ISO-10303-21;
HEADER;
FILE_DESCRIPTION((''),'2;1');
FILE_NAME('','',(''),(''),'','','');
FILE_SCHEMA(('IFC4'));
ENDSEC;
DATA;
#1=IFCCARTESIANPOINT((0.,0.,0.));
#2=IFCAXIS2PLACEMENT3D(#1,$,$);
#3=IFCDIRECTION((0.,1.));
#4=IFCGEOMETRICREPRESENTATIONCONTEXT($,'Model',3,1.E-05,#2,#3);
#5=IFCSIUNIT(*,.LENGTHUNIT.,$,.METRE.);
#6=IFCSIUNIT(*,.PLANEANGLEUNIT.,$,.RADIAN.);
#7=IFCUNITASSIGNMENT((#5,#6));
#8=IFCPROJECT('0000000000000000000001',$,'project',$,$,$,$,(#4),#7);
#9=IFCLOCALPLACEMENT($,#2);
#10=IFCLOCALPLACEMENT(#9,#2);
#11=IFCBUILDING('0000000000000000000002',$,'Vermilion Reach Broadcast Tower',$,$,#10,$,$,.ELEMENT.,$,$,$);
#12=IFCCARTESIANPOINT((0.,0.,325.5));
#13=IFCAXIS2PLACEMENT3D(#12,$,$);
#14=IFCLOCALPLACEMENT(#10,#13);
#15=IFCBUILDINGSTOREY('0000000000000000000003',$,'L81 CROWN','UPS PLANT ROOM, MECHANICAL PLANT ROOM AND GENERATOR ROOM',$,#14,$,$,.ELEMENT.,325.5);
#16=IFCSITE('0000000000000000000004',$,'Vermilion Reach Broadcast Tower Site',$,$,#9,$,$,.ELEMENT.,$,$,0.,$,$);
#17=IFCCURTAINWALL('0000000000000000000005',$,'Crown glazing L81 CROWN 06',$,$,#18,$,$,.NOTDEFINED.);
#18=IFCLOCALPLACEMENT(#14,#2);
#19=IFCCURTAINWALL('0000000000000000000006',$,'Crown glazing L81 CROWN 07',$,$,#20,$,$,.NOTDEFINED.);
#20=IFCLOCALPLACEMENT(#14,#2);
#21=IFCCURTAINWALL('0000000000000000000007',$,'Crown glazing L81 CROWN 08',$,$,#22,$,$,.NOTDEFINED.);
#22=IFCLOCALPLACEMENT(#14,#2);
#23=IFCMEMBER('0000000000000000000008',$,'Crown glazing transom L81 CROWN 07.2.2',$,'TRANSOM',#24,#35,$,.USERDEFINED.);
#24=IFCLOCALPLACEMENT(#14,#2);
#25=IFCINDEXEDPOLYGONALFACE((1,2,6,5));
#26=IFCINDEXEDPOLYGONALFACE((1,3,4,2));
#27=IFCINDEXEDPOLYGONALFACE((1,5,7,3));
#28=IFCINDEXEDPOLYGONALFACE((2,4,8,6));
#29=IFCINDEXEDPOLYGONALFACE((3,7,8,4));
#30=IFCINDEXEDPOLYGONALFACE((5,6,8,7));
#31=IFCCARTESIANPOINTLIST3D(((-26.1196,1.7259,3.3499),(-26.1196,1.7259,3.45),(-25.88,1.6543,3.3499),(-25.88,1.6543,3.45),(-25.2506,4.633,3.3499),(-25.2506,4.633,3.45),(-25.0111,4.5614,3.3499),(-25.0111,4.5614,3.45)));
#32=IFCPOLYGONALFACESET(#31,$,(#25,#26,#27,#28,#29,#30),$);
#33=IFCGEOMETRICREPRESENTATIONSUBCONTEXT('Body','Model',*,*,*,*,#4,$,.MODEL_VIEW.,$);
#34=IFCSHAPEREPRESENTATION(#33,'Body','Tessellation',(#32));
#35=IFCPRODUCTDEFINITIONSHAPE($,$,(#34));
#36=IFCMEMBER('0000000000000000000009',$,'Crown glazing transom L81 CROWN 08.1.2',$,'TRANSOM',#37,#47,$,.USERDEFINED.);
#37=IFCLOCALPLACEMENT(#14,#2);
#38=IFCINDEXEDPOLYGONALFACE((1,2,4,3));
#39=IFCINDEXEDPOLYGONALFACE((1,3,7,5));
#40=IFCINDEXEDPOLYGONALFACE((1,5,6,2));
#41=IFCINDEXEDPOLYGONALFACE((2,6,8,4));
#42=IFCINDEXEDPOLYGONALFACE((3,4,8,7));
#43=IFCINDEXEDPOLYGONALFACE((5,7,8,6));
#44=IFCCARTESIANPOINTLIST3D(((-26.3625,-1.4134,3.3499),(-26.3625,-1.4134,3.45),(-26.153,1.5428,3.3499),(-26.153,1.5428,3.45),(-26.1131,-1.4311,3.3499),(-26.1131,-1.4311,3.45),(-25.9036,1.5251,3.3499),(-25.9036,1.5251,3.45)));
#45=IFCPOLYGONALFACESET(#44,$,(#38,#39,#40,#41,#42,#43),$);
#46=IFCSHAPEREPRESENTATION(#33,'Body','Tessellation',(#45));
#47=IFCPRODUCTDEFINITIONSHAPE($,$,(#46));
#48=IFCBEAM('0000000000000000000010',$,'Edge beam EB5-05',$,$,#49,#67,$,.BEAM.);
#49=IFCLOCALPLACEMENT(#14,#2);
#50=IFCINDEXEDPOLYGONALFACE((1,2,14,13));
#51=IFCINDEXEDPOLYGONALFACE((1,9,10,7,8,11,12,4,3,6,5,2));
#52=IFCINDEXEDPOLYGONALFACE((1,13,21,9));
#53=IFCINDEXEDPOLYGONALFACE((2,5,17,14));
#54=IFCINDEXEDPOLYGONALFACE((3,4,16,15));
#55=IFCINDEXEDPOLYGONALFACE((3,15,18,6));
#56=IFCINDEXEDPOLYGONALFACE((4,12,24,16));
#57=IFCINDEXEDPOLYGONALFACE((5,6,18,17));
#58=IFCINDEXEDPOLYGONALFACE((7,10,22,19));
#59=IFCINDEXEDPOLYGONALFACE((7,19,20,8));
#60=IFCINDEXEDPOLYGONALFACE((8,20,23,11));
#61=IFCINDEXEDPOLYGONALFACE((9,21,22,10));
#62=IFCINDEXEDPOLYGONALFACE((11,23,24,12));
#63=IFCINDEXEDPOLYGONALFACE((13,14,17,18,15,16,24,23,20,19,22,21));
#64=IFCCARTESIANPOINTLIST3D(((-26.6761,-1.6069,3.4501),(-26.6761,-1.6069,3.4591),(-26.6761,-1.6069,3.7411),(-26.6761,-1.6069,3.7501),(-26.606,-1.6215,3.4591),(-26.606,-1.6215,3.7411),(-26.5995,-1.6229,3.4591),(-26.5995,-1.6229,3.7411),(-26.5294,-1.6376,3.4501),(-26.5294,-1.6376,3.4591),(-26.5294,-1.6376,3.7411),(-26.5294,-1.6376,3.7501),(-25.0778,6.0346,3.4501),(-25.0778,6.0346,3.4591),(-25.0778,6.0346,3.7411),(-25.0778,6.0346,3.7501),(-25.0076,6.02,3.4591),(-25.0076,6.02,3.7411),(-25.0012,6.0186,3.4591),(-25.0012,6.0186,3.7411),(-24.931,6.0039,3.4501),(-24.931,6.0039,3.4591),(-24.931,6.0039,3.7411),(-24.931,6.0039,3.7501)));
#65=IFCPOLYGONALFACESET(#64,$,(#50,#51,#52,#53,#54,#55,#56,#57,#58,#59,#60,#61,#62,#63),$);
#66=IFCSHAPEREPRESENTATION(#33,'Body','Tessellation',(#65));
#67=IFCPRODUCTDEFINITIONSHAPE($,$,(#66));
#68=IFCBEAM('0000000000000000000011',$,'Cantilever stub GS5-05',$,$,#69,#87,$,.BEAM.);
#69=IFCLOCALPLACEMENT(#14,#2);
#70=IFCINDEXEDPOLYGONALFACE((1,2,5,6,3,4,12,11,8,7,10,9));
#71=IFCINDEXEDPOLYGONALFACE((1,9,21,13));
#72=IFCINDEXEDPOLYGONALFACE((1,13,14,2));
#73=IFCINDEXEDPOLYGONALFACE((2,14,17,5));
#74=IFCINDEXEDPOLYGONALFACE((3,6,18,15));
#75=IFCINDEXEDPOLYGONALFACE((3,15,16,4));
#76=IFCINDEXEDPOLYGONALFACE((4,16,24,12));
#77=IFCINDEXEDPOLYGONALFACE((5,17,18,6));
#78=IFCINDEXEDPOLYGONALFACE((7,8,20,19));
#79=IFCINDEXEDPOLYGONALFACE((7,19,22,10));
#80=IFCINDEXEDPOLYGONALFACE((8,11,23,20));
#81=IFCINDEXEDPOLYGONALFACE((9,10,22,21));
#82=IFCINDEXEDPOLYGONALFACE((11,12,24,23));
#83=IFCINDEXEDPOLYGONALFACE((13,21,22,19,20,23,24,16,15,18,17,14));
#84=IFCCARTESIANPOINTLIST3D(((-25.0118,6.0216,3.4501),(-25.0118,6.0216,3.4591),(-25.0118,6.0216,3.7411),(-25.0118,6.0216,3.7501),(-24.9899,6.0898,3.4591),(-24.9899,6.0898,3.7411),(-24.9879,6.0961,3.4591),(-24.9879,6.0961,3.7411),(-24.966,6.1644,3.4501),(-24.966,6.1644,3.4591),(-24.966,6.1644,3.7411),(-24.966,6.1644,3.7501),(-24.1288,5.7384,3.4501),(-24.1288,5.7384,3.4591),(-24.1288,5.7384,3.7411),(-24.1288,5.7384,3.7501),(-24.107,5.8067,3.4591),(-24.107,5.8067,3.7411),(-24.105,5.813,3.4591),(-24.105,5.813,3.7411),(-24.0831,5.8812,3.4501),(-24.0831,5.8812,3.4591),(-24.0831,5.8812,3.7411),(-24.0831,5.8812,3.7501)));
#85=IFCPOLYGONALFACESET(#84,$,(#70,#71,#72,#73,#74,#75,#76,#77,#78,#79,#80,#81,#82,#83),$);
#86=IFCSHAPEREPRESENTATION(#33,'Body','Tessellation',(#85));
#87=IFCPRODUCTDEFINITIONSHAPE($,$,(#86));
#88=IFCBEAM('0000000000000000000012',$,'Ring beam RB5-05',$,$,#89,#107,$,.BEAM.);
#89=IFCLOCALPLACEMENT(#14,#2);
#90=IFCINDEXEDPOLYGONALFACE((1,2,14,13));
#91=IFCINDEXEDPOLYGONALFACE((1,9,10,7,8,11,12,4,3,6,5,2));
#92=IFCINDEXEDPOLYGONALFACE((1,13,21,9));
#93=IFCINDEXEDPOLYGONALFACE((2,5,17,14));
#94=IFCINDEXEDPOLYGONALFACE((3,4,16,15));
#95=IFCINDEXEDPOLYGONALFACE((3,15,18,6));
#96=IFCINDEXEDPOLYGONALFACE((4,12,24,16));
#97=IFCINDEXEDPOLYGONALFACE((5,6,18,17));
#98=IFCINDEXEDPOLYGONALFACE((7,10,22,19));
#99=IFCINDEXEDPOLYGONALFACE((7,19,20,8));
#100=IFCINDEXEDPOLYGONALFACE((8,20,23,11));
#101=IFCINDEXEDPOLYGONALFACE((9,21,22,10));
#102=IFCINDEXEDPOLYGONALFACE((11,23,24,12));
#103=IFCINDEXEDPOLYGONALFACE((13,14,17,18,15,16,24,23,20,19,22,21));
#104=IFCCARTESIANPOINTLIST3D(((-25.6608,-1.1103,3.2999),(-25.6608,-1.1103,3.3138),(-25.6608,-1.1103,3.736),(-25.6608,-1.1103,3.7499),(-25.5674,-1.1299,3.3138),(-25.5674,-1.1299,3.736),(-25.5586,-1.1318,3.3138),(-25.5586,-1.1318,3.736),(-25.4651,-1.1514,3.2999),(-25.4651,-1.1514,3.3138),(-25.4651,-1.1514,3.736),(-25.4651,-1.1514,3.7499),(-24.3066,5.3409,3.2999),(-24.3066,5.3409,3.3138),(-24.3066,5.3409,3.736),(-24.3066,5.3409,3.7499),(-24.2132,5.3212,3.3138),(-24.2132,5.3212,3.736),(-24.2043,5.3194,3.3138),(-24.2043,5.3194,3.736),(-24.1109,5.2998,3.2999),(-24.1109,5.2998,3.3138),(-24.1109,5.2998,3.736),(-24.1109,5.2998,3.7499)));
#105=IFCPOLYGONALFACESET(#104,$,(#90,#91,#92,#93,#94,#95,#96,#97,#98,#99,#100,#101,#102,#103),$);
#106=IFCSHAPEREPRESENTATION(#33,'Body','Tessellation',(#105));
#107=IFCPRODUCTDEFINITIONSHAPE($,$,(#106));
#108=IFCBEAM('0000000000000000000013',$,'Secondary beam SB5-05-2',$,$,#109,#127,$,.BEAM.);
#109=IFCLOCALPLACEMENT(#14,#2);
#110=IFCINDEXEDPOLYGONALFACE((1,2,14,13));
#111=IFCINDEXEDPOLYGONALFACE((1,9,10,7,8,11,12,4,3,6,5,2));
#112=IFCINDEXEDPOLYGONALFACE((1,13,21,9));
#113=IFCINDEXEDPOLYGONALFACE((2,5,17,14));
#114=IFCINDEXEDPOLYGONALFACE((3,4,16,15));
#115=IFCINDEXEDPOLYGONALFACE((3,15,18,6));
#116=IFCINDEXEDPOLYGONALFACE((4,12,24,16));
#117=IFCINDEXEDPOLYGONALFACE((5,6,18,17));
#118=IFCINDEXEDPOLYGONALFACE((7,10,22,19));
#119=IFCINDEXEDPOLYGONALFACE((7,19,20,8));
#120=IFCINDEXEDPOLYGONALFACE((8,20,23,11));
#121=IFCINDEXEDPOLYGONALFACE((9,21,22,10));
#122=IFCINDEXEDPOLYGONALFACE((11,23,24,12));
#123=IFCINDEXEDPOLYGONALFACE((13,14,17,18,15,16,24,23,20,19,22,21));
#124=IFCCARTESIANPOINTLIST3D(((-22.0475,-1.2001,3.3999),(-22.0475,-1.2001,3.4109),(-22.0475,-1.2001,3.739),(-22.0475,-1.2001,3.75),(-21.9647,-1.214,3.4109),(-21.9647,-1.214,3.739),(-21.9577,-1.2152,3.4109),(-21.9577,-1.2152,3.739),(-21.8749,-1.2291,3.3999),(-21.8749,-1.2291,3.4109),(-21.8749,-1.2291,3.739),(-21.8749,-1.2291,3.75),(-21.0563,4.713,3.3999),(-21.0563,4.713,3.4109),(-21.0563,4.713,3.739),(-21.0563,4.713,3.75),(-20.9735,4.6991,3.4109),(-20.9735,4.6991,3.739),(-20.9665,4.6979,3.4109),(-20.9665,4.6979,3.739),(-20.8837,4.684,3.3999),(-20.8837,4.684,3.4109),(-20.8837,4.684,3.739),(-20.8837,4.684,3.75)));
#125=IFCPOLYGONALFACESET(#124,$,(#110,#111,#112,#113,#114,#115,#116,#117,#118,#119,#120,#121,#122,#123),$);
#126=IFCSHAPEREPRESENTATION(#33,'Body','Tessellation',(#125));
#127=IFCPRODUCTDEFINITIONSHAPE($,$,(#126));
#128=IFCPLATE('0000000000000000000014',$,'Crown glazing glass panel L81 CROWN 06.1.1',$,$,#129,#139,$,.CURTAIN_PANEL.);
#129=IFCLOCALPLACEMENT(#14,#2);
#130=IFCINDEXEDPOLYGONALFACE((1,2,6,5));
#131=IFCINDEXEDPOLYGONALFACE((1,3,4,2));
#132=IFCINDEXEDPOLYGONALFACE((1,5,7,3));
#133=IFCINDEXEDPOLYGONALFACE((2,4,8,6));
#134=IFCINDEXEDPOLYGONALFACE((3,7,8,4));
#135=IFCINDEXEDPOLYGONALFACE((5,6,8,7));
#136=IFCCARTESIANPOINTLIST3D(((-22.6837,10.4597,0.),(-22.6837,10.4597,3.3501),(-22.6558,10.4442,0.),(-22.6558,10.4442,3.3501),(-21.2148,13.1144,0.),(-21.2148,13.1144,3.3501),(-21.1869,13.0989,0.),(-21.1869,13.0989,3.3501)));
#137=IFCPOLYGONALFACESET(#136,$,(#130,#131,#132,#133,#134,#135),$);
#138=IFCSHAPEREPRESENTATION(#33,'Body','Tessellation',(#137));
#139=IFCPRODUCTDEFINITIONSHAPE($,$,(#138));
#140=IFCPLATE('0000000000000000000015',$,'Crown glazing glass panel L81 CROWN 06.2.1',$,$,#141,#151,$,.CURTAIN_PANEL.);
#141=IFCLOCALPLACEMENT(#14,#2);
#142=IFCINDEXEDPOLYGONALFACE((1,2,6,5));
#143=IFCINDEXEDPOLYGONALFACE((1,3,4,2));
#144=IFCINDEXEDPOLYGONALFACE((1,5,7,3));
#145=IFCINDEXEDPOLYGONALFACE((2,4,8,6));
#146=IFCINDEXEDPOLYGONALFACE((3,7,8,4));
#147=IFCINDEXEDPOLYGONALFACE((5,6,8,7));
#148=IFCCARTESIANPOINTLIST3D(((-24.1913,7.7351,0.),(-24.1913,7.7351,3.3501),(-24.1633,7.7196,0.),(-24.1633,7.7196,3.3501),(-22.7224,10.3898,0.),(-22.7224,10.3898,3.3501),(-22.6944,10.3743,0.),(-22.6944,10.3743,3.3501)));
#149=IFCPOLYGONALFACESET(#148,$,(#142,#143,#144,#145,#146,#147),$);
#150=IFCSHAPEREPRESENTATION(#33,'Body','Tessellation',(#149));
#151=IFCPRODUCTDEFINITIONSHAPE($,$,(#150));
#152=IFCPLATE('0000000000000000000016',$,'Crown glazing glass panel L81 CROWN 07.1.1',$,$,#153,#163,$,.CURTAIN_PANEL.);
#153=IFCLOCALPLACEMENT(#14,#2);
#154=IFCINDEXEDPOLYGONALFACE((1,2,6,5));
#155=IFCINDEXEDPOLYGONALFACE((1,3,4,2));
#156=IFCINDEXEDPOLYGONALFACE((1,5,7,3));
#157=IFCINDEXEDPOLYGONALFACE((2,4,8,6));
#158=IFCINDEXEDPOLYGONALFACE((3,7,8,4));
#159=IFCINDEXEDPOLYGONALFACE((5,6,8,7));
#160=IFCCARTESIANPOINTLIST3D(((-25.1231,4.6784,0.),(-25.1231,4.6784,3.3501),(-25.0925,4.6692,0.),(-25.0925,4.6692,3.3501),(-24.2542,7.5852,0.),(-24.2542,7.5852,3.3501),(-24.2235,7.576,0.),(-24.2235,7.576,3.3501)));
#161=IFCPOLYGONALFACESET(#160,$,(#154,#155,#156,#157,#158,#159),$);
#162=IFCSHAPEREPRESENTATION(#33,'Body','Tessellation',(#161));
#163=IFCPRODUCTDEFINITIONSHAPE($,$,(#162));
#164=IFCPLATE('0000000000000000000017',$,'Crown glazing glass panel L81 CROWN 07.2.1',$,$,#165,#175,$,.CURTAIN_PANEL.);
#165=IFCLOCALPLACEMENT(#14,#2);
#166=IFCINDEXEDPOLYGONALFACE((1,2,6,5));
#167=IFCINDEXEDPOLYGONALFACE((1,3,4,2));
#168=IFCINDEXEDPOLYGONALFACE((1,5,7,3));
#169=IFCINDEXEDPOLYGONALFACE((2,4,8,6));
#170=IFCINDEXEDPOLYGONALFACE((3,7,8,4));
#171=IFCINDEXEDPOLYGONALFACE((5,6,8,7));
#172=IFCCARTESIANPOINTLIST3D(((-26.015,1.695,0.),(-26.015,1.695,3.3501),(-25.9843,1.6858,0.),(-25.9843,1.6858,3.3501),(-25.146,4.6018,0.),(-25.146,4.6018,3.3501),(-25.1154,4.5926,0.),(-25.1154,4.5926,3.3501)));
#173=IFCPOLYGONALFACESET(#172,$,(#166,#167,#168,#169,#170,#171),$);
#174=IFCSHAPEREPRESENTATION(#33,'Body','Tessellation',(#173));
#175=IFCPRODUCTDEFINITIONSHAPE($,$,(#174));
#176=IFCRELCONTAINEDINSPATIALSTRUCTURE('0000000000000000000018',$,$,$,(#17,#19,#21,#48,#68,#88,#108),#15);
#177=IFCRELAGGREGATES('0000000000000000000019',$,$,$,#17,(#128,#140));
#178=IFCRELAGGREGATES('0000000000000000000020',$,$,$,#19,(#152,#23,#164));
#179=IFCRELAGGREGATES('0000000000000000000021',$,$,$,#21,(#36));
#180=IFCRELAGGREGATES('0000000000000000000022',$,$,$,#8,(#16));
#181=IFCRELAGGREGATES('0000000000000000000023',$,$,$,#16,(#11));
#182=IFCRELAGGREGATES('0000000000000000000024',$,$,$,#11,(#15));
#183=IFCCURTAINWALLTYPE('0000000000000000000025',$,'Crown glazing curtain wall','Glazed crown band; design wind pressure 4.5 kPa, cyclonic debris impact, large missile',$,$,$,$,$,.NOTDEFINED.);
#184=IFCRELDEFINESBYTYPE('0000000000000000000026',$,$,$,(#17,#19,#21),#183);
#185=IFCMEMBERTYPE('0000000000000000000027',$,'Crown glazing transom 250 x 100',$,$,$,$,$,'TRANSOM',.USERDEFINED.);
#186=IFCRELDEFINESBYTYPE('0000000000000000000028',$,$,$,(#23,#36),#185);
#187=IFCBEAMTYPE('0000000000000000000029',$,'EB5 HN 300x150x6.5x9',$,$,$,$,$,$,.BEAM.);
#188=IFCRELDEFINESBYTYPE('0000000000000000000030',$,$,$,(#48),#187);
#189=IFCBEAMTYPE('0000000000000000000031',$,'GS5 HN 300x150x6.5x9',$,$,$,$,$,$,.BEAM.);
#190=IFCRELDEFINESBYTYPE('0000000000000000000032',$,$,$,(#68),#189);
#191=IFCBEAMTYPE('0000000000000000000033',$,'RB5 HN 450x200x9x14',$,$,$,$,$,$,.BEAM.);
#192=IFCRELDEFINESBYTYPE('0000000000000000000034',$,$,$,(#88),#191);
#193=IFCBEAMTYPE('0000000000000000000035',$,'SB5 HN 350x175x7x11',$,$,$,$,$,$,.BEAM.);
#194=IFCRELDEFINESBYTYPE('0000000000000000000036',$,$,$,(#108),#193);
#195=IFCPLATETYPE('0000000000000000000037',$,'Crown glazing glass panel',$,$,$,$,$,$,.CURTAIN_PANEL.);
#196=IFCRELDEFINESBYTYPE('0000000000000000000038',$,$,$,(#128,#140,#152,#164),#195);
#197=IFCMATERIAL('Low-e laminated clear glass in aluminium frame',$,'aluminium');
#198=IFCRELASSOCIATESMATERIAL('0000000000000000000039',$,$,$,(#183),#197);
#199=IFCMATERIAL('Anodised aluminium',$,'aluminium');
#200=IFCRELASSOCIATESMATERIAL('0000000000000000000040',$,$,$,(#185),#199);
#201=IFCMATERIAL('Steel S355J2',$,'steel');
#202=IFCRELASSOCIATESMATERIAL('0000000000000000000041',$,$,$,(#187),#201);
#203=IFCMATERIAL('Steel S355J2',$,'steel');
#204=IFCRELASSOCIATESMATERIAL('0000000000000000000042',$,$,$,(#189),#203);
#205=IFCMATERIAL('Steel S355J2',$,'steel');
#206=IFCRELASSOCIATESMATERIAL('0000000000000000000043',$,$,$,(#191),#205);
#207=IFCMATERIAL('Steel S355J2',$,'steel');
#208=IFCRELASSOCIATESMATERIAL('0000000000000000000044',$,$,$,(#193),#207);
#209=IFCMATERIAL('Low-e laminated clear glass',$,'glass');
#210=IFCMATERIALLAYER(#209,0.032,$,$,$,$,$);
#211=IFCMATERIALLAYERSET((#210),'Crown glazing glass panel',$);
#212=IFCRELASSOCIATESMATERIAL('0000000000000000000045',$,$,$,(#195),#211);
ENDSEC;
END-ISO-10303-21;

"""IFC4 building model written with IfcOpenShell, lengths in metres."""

from ifc_helpers import new_model, si_unit, direction, frame, origin, origin_2d, place, context, subcontext, project, spatial, rectangle, i_section, extrude, material, layer, layer_set, material_profile, profile_set, type_object, element, aggregate, save


model = new_model("IFC4")

# Units and contexts
model_context = context("Model", 3, precision=1e-05, world=origin(), true_north=direction((0.0, 1.0)))
body_context = subcontext(model_context, "Body", "Model", "MODEL_VIEW")
ifc_project = project(units=[si_unit("LENGTHUNIT", "METRE"), si_unit("PLANEANGLEUNIT", "RADIAN")], contexts=[model_context])

# Site, building, storey
site_placement = place(None, origin())
site = spatial("IfcSite", under=ifc_project, at=site_placement, Name="Vermilion Reach Broadcast Tower Site", CompositionType="ELEMENT", RefElevation=0.0)
building_placement = place(site_placement, origin())
building = spatial("IfcBuilding", under=site, at=building_placement, Name="Vermilion Reach Broadcast Tower", CompositionType="ELEMENT")
storey_placement = place(building_placement, frame((0.0, 0.0, 325.5)))
storey = spatial("IfcBuildingStorey", under=building, at=storey_placement, Name="L81 CROWN", Description="UPS PLANT ROOM, MECHANICAL PLANT ROOM AND GENERATOR ROOM", CompositionType="ELEMENT", Elevation=325.5)

# Curtain walls
ifc_material_1 = material(Name="Low-e laminated clear glass in aluminium frame", Category="aluminium")
curtain_wall_type = type_object("IfcCurtainWallType", Name="Crown glazing curtain wall", Description="Glazed crown band; design wind pressure 4.5 kPa, cyclonic debris impact, large missile", PredefinedType="NOTDEFINED", material=ifc_material_1)
placement = place(storey_placement, origin())
curtain_wall_1 = element("IfcCurtainWall", 1, at=placement, inside=storey, type_object=curtain_wall_type, Name="Crown glazing L81 CROWN 06", PredefinedType="NOTDEFINED")
curtain_wall_2 = element("IfcCurtainWall", 2, at=placement, inside=storey, type_object=curtain_wall_type, Name="Crown glazing L81 CROWN 07", PredefinedType="NOTDEFINED")

# Curtain wall
curtain_wall_3 = element("IfcCurtainWall", 3, at=placement, inside=storey, type_object=curtain_wall_type, Name="Crown glazing L81 CROWN 08", PredefinedType="NOTDEFINED")

# Members
ifc_material_2 = material(Name="Anodised aluminium", Category="aluminium")
ifc_material_profile_1 = material_profile(ifc_material_2, rectangle(XDim=0.25, YDim=0.1001, at=origin_2d()), Name="Crown glazing transom 250 x 100")
ifc_profile_set_1 = profile_set([ifc_material_profile_1], Name="Anodised aluminium")
member_type_1 = type_object("IfcMemberType", Name="Crown glazing transom 250 x 100", ElementType="TRANSOM", PredefinedType="USERDEFINED", material=ifc_profile_set_1)
member_1_placement = place(storey_placement, frame((-25.1309, 4.5972, 3.3999), z_axis=(-0.286381, -0.958116, 0.0), x_axis=(0.958116, -0.286381, 0.0)))
member_1 = element("IfcMember", 4, at=member_1_placement, type_object=member_type_1, Name="Crown glazing transom L81 CROWN 07.2.2", ObjectType="TRANSOM", PredefinedType="USERDEFINED", context=body_context, shape_type="SweptSolid", body=[
    extrude(rectangle(XDim=0.25, YDim=0.1001, at=origin_2d()), origin(), (0.0, 0.0, 1.0), 3.0342),
])
member_2_placement = place(storey_placement, frame((-26.0283, 1.5339, 3.3999), z_axis=(-0.070679, -0.997499, 0.0), x_axis=(0.997499, -0.070679, 0.0)))
member_2 = element("IfcMember", 5, at=member_2_placement, type_object=member_type_1, Name="Crown glazing transom L81 CROWN 08.1.2", ObjectType="TRANSOM", PredefinedType="USERDEFINED", context=body_context, shape_type="SweptSolid", body=[
    extrude(rectangle(XDim=0.25, YDim=0.1001, at=origin_2d()), origin(), (0.0, 0.0, 1.0), 2.9636),
])

# Beams
ifc_material_3 = material(Name="Steel S355J2", Category="steel")
ifc_material_profile_2 = material_profile(ifc_material_3, i_section(OverallWidth=0.1499, OverallDepth=0.3, WebThickness=0.0066, FlangeThickness=0.009, at=origin_2d()), Name="S355J2 HN 300x150x6.5x9")
ifc_profile_set_2 = profile_set([ifc_material_profile_2], Name="Steel S355J2")
beam_type_1 = type_object("IfcBeamType", Name="EB5 HN 300x150x6.5x9", PredefinedType="BEAM", material=ifc_profile_set_2)
beam_1_placement = place(storey_placement, frame((-25.0044, 6.0193, 3.6001), z_axis=(-0.204738, -0.978817, 0.0), x_axis=(0.978817, -0.204738, 0.0)))
element("IfcBeam", 6, at=beam_1_placement, inside=storey, type_object=beam_type_1, Name="Edge beam EB5-05", PredefinedType="BEAM", context=body_context, shape_type="SweptSolid", body=[
    extrude(i_section(OverallWidth=0.1499, OverallDepth=0.3, WebThickness=0.0066, FlangeThickness=0.009, at=origin_2d()), origin(), (0.0, 0.0, 1.0), 7.8069),
])
ifc_material_4 = material(Name="Steel S355J2", Category="steel")
ifc_material_profile_3 = material_profile(ifc_material_4, i_section(OverallWidth=0.1499, OverallDepth=0.3, WebThickness=0.0066, FlangeThickness=0.009, at=origin_2d()), Name="S355J2 HN 300x150x6.5x9")
ifc_profile_set_3 = profile_set([ifc_material_profile_3], Name="Steel S355J2")
beam_type_2 = type_object("IfcBeamType", Name="GS5 HN 300x150x6.5x9", PredefinedType="BEAM", material=ifc_profile_set_3)
beam_2_placement = place(storey_placement, frame((-24.106, 5.8098, 3.6001), z_axis=(-0.952228, 0.305387, 0.0), x_axis=(-0.305387, -0.952228, 0.0)))
element("IfcBeam", 7, at=beam_2_placement, inside=storey, type_object=beam_type_2, Name="Cantilever stub GS5-05", PredefinedType="BEAM", context=body_context, shape_type="SweptSolid", body=[
    extrude(i_section(OverallWidth=0.1499, OverallDepth=0.3, WebThickness=0.0066, FlangeThickness=0.009, at=origin_2d()), origin(), (0.0, 0.0, 1.0), 0.9272),
])
ifc_material_5 = material(Name="Steel S355J2", Category="steel")
ifc_material_profile_4 = material_profile(ifc_material_5, i_section(OverallWidth=0.2, OverallDepth=0.45, WebThickness=0.009, FlangeThickness=0.0139, at=origin_2d()), Name="S355J2 HN 450x200x9x14")
ifc_profile_set_4 = profile_set([ifc_material_profile_4], Name="Steel S355J2")
beam_type_3 = type_object("IfcBeamType", Name="RB5 HN 450x200x9x14", PredefinedType="BEAM", material=ifc_profile_set_4)
beam_3_placement = place(storey_placement, frame((-24.2087, 5.3203, 3.5249), z_axis=(-0.205445, -0.978669, 0.0), x_axis=(0.978669, -0.205445, 0.0)))
element("IfcBeam", 8, at=beam_3_placement, inside=storey, type_object=beam_type_3, Name="Ring beam RB5-05", PredefinedType="BEAM", context=body_context, shape_type="SweptSolid", body=[
    extrude(i_section(OverallWidth=0.2, OverallDepth=0.45, WebThickness=0.009, FlangeThickness=0.0139, at=origin_2d()), origin(), (0.0, 0.0, 1.0), 6.5918),
])
ifc_material_6 = material(Name="Steel S355J2", Category="steel")
ifc_material_profile_5 = material_profile(ifc_material_6, i_section(OverallWidth=0.175, OverallDepth=0.3501, WebThickness=0.0071, FlangeThickness=0.011, at=origin_2d()), Name="S355J2 HN 350x175x7x11")
ifc_profile_set_5 = profile_set([ifc_material_profile_5], Name="Steel S355J2")
beam_type_4 = type_object("IfcBeamType", Name="SB5 HN 350x175x7x11", PredefinedType="BEAM", material=ifc_profile_set_5)
beam_4_placement = place(storey_placement, frame((-20.97, 4.6985, 3.575), z_axis=(-0.165323, -0.986239, 0.0), x_axis=(0.986239, -0.165323, 0.0)))
element("IfcBeam", 9, at=beam_4_placement, inside=storey, type_object=beam_type_4, Name="Secondary beam SB5-05-2", PredefinedType="BEAM", context=body_context, shape_type="SweptSolid", body=[
    extrude(i_section(OverallWidth=0.175, OverallDepth=0.3501, WebThickness=0.0071, FlangeThickness=0.011, at=origin_2d()), origin(), (0.0, 0.0, 1.0), 5.9956),
])

# Plates
ifc_material_7 = material(Name="Low-e laminated clear glass", Category="glass")
ifc_layer_1 = layer(ifc_material_7, 0.032)
ifc_layer_set_1 = layer_set([ifc_layer_1], Name="Crown glazing glass panel")
plate_type = type_object("IfcPlateType", Name="Crown glazing glass panel", PredefinedType="CURTAIN_PANEL", material=ifc_layer_set_1)
plate_1_placement = place(storey_placement, frame((-21.9353, 11.7793, 0.0), z_axis=(0.0, 0.0, 1.0), x_axis=(-0.484153, -0.874983, 0.0)))
plate_1 = element("IfcPlate", 10, at=plate_1_placement, type_object=plate_type, Name="Crown glazing glass panel L81 CROWN 06.1.1", PredefinedType="CURTAIN_PANEL", context=body_context, shape_type="SweptSolid", body=[
    extrude(rectangle(XDim=3.0339, YDim=0.032, at=origin_2d()), origin(), (0.0, 0.0, 1.0), 3.3501),
])
plate_2_placement = place(storey_placement, frame((-23.4429, 9.0547, 0.0), z_axis=(0.0, 0.0, 1.0), x_axis=(-0.484153, -0.874983, 0.0)))
plate_2 = element("IfcPlate", 11, at=plate_2_placement, type_object=plate_type, Name="Crown glazing glass panel L81 CROWN 06.2.1", PredefinedType="CURTAIN_PANEL", context=body_context, shape_type="SweptSolid", body=[
    extrude(rectangle(XDim=3.0339, YDim=0.032, at=origin_2d()), origin(), (0.0, 0.0, 1.0), 3.3501),
])
aggregate(curtain_wall_1, [plate_1, plate_2])
plate_3_placement = place(storey_placement, frame((-24.6733, 6.1272, 0.0), z_axis=(0.0, 0.0, 1.0), x_axis=(-0.286407, -0.958108, 0.0)))
plate_3 = element("IfcPlate", 12, at=plate_3_placement, type_object=plate_type, Name="Crown glazing glass panel L81 CROWN 07.1.1", PredefinedType="CURTAIN_PANEL", context=body_context, shape_type="SweptSolid", body=[
    extrude(rectangle(XDim=3.0339, YDim=0.032, at=origin_2d()), origin(), (0.0, 0.0, 1.0), 3.3501),
])
plate_4_placement = place(storey_placement, frame((-25.5652, 3.1438, 0.0), z_axis=(0.0, 0.0, 1.0), x_axis=(-0.286407, -0.958108, 0.0)))
plate_4 = element("IfcPlate", 13, at=plate_4_placement, type_object=plate_type, Name="Crown glazing glass panel L81 CROWN 07.2.1", PredefinedType="CURTAIN_PANEL", context=body_context, shape_type="SweptSolid", body=[
    extrude(rectangle(XDim=3.0339, YDim=0.032, at=origin_2d()), origin(), (0.0, 0.0, 1.0), 3.3501),
])
aggregate(curtain_wall_2, [plate_3, member_1, plate_4])
aggregate(curtain_wall_3, [member_2])

save(model, "model.ifc")
